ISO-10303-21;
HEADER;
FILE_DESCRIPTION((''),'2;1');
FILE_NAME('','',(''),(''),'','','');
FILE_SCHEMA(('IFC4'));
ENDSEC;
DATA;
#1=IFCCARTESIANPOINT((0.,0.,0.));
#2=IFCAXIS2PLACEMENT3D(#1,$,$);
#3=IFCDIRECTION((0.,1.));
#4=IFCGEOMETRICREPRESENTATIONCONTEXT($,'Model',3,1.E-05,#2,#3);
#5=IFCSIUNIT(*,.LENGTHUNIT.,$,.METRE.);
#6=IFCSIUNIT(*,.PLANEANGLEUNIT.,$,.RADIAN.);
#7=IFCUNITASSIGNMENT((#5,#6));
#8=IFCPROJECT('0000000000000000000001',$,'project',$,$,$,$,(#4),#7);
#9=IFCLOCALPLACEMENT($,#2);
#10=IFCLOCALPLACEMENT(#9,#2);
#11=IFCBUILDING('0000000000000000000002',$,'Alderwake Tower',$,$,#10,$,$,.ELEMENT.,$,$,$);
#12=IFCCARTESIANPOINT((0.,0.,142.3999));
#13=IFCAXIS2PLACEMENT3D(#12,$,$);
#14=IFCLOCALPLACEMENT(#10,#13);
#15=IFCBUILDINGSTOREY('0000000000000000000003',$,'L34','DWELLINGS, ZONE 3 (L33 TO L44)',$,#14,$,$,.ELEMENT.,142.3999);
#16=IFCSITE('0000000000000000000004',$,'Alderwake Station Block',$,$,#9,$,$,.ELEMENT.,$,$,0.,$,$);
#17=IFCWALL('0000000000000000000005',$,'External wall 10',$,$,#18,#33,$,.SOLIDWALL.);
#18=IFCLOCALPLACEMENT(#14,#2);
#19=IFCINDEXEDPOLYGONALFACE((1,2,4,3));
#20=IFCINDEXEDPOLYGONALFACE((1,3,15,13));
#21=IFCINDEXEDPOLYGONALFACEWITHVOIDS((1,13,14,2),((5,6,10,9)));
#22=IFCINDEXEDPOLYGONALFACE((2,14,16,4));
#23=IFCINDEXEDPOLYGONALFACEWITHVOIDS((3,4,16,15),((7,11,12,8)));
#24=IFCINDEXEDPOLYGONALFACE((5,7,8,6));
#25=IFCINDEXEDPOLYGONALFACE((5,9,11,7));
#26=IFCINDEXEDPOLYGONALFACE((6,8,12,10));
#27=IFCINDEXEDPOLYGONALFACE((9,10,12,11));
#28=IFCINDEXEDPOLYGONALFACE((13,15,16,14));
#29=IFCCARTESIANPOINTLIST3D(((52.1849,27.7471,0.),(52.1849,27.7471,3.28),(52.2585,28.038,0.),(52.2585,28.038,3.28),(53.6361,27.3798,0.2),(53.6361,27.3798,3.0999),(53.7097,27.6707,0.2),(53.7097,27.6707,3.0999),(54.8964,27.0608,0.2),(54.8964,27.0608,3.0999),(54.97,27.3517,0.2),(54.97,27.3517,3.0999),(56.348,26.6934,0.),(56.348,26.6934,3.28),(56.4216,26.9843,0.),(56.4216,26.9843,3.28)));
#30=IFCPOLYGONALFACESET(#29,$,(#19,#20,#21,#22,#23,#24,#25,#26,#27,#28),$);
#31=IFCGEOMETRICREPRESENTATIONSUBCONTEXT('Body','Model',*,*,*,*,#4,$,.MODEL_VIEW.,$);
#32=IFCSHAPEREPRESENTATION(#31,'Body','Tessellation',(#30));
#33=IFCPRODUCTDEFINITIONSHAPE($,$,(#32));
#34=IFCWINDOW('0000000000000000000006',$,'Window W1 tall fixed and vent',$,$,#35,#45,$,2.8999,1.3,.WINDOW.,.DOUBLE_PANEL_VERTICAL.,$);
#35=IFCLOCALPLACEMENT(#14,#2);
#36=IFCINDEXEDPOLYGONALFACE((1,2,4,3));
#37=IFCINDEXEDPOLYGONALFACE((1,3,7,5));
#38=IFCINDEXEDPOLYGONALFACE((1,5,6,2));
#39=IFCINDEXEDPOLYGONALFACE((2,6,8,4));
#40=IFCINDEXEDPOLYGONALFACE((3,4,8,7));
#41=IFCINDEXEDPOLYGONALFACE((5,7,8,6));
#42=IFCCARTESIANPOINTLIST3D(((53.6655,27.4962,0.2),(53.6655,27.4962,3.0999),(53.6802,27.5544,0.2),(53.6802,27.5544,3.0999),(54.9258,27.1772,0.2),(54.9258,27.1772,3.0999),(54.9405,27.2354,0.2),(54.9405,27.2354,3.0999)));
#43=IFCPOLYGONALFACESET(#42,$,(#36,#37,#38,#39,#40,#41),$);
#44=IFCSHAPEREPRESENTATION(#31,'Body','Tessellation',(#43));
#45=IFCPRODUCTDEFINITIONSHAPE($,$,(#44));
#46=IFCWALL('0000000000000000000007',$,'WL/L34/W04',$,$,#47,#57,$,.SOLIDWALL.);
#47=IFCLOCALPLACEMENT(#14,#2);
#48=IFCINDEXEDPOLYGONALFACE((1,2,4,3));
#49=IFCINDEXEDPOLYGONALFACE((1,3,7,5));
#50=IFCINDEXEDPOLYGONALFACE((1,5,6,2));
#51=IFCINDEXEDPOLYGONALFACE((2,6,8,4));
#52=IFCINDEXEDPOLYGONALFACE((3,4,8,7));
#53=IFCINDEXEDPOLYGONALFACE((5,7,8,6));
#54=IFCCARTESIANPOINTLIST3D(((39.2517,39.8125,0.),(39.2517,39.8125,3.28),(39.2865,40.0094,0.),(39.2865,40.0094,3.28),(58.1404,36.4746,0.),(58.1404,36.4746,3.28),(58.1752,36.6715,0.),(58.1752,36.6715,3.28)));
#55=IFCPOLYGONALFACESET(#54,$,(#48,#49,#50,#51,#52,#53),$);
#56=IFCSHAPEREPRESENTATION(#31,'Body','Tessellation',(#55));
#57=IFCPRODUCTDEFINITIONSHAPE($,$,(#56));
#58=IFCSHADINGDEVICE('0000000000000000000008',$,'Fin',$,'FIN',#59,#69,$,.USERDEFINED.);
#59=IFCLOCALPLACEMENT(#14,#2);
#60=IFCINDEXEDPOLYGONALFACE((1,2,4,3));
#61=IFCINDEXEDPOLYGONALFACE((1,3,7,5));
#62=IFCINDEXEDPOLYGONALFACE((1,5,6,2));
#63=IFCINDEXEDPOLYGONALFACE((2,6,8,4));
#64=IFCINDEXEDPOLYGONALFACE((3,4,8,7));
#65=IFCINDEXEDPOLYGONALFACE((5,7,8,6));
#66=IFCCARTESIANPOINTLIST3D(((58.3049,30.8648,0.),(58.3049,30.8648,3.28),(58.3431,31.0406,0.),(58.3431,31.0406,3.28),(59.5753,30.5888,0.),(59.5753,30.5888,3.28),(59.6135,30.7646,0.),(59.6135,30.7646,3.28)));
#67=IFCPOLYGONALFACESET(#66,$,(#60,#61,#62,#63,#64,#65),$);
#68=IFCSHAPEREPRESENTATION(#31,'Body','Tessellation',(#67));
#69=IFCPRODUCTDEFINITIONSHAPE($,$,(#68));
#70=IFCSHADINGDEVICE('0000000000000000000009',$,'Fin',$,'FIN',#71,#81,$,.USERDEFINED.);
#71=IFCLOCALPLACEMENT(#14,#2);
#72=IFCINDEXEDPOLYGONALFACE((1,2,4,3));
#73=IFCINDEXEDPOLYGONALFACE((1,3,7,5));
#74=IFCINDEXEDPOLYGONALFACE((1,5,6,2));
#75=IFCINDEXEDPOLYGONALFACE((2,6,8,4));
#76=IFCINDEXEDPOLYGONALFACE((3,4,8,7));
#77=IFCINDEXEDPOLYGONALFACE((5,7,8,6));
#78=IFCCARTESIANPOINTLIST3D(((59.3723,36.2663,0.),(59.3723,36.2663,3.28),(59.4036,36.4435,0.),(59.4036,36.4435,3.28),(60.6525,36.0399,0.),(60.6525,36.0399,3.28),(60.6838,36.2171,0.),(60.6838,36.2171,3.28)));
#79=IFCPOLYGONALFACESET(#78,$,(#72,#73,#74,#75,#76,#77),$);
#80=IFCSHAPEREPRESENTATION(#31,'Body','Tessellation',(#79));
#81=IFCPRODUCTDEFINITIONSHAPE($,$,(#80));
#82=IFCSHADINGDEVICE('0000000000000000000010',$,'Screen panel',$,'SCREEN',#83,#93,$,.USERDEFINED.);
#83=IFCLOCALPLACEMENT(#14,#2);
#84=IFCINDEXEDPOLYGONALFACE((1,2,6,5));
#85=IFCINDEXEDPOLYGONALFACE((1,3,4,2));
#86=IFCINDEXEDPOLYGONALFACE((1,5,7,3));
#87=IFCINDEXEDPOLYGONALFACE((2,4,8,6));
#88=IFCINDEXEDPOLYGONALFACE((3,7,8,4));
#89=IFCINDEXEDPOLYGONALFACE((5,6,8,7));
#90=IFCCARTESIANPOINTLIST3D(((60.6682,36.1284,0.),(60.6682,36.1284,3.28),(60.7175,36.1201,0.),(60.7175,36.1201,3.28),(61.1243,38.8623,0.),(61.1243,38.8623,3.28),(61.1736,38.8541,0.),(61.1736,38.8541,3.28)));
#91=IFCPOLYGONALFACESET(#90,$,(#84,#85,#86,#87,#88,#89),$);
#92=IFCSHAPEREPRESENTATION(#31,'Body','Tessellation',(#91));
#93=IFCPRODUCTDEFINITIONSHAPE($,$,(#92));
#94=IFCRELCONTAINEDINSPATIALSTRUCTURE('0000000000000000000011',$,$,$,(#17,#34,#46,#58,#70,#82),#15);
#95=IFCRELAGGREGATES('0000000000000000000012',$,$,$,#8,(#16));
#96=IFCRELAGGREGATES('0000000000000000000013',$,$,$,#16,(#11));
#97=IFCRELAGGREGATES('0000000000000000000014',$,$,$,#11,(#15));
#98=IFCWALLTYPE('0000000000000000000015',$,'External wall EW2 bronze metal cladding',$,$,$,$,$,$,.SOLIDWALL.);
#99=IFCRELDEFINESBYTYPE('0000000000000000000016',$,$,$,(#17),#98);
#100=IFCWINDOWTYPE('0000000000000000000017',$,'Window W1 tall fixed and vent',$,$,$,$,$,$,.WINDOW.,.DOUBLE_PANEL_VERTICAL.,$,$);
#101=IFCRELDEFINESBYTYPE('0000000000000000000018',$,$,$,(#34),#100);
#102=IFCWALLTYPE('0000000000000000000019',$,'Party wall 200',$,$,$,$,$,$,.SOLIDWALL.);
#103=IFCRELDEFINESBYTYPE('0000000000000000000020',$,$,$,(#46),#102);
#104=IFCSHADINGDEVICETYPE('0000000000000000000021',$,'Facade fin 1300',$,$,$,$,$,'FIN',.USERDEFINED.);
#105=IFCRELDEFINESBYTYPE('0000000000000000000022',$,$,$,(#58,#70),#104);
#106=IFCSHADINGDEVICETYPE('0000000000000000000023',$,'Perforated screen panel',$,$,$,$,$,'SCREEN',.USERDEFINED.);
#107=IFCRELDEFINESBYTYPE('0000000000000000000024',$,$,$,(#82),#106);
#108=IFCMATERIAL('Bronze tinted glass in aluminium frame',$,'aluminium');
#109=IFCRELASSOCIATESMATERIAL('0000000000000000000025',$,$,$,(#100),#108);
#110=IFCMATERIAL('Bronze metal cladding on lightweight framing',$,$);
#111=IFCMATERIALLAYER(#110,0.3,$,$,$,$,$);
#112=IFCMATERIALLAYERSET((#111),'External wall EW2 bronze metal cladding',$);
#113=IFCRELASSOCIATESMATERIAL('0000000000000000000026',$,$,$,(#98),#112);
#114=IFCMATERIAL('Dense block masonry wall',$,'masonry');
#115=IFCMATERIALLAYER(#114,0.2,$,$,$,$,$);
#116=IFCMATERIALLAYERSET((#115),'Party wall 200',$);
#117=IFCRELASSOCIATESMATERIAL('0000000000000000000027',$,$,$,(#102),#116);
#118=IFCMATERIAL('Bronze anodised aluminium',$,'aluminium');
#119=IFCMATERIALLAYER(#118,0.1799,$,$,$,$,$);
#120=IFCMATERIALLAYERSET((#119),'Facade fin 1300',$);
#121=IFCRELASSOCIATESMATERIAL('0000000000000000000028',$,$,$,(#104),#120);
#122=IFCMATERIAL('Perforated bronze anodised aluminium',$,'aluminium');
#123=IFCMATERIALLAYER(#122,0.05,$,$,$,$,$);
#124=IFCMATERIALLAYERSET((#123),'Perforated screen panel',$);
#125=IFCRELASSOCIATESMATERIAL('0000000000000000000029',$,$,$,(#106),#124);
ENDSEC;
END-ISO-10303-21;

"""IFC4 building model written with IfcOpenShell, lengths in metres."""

from ifc_helpers import new_model, si_unit, direction, frame, frame_2d, origin, origin_2d, place, context, subcontext, project, spatial, rectangle, extrude, material, layer, layer_set, type_object, element, fill, save


model = new_model("IFC4")

# Units and contexts
model_context = context("Model", 3, precision=1e-05, world=origin(), true_north=direction((0.0, 1.0)))
body_context = subcontext(model_context, "Body", "Model", "MODEL_VIEW")
ifc_project = project(units=[si_unit("LENGTHUNIT", "METRE"), si_unit("PLANEANGLEUNIT", "RADIAN")], contexts=[model_context])

# Site, building, storey
site_placement = place(None, origin())
site = spatial("IfcSite", under=ifc_project, at=site_placement, Name="Alderwake Station Block", CompositionType="ELEMENT", RefElevation=0.0)
building_placement = place(site_placement, origin())
building = spatial("IfcBuilding", under=site, at=building_placement, Name="Alderwake Tower", CompositionType="ELEMENT")
storey_placement = place(building_placement, frame((0.0, 0.0, 142.3999)))
storey = spatial("IfcBuildingStorey", under=building, at=storey_placement, Name="L34", Description="DWELLINGS, ZONE 3 (L33 TO L44)", CompositionType="ELEMENT", Elevation=142.3999)

# Shared definitions
ifc_material_1 = material(Name="Bronze tinted glass in aluminium frame", Category="aluminium")
window_type = type_object("IfcWindowType", Name="Window W1 tall fixed and vent", PartitioningType="DOUBLE_PANEL_VERTICAL", PredefinedType="WINDOW", material=ifc_material_1)

# Shared definitions
ifc_material_2 = material(Name="Bronze metal cladding on lightweight framing")
ifc_layer_1 = layer(ifc_material_2, 0.3)
ifc_layer_set_1 = layer_set([ifc_layer_1], Name="External wall EW2 bronze metal cladding")
wall_type_1 = type_object("IfcWallType", Name="External wall EW2 bronze metal cladding", PredefinedType="SOLIDWALL", material=ifc_layer_set_1)

# Wall, opening, window
wall_1_placement = place(storey_placement, frame((52.2217, 27.8926, 0.0), z_axis=(0.0, 0.0, 1.0), x_axis=(0.969429, -0.24537, 0.0)))
wall_1 = element("IfcWall", 1, at=wall_1_placement, inside=storey, type_object=wall_type_1, Name="External wall 10", PredefinedType="SOLIDWALL", context=body_context, shape_type="SweptSolid", body=[
    extrude(rectangle(XDim=4.2944, YDim=0.3, at=frame_2d((2.1472, 0.0))), origin(), (0.0, 0.0, 1.0), 3.28),
])
opening_1_placement = place(wall_1_placement, frame((1.4971, 0.0, 0.2)))
opening_1 = element("IfcOpeningElement", 2, at=opening_1_placement, cuts=wall_1, PredefinedType="OPENING", context=body_context, shape_type="SweptSolid", body=[
    extrude(rectangle(XDim=1.3, YDim=2.8999, at=frame_2d((0.6499, 1.45))), frame((0.0, 0.1599, 0.0), z_axis=(0.0, -1.0, 0.0), x_axis=(1.0, 0.0, 0.0)), (0.0, 0.0, 1.0), 0.3201),
])
window_1_placement = place(opening_1_placement, origin())
window_1 = element("IfcWindow", 3, at=window_1_placement, inside=storey, type_object=window_type, Name="Window W1 tall fixed and vent", OverallHeight=2.8999, OverallWidth=1.3, PartitioningType="DOUBLE_PANEL_VERTICAL", PredefinedType="WINDOW", context=body_context, shape_type="SweptSolid", body=[
    extrude(rectangle(XDim=1.3, YDim=2.8999, at=frame_2d((0.6499, 1.45))), frame((0.0, 0.03, 0.0), z_axis=(0.0, -1.0, 0.0), x_axis=(1.0, 0.0, 0.0)), (0.0, 0.0, 1.0), 0.0601),
])
fill(opening_1, window_1)

# Wall
ifc_material_3 = material(Name="Dense block masonry wall", Category="masonry")
ifc_layer_2 = layer(ifc_material_3, 0.2)
ifc_layer_set_2 = layer_set([ifc_layer_2], Name="Party wall 200")
wall_type_2 = type_object("IfcWallType", Name="Party wall 200", PredefinedType="SOLIDWALL", material=ifc_layer_set_2)
wall_2_placement = place(storey_placement, frame((58.158, 36.573, 0.0), z_axis=(0.0, 0.0, 1.0), x_axis=(-0.984743, 0.174018, 0.0)))
element("IfcWall", 4, at=wall_2_placement, inside=storey, type_object=wall_type_2, Name="WL/L34/W04", PredefinedType="SOLIDWALL", context=body_context, shape_type="SweptSolid", body=[
    extrude(rectangle(XDim=19.1814, YDim=0.2, at=frame_2d((9.5908, 0.0))), origin(), (0.0, 0.0, 1.0), 3.28),
])

# Shading devices
ifc_material_4 = material(Name="Bronze anodised aluminium", Category="aluminium")
ifc_layer_3 = layer(ifc_material_4, 0.1799)
ifc_layer_set_3 = layer_set([ifc_layer_3], Name="Facade fin 1300")
shading_device_type_1 = type_object("IfcShadingDeviceType", Name="Facade fin 1300", ElementType="FIN", PredefinedType="USERDEFINED", material=ifc_layer_set_3)
for number, where, z_axis, x_axis, name in (
    (5, (58.9592, 30.8147, 0.0), (0.0, 0.0, 1.0), (0.97721, -0.212273, 0.0), "Fin"),
    (6, (60.0281, 36.2417, 0.0), (0.0, 0.0, 1.0), (0.984726, -0.174109, 0.0), "Fin"),
):
    element("IfcShadingDevice", number, at=place(storey_placement, frame(where, z_axis=z_axis, x_axis=x_axis)), inside=storey, type_object=shading_device_type_1, Name=name, ObjectType="FIN", PredefinedType="USERDEFINED", context=body_context, shape_type="SweptSolid", body=[
        extrude(rectangle(XDim=1.3, YDim=0.1799, at=origin_2d()), origin(), (0.0, 0.0, 1.0), 3.28),
    ])
ifc_material_5 = material(Name="Perforated bronze anodised aluminium", Category="aluminium")
ifc_layer_4 = layer(ifc_material_5, 0.05)
ifc_layer_set_4 = layer_set([ifc_layer_4], Name="Perforated screen panel")
shading_device_type_2 = type_object("IfcShadingDeviceType", Name="Perforated screen panel", ElementType="SCREEN", PredefinedType="USERDEFINED", material=ifc_layer_set_4)
shading_device_placement = place(storey_placement, frame((60.9209, 37.4912, 0.0), z_axis=(0.0, 0.0, 1.0), x_axis=(0.986369, -0.164548, 0.0)))
element("IfcShadingDevice", 7, at=shading_device_placement, inside=storey, type_object=shading_device_type_2, Name="Screen panel", ObjectType="SCREEN", PredefinedType="USERDEFINED", context=body_context, shape_type="SweptSolid", body=[
    extrude(rectangle(XDim=0.05, YDim=2.7717, at=origin_2d()), origin(), (0.0, 0.0, 1.0), 3.28),
])

save(model, "model.ifc")
